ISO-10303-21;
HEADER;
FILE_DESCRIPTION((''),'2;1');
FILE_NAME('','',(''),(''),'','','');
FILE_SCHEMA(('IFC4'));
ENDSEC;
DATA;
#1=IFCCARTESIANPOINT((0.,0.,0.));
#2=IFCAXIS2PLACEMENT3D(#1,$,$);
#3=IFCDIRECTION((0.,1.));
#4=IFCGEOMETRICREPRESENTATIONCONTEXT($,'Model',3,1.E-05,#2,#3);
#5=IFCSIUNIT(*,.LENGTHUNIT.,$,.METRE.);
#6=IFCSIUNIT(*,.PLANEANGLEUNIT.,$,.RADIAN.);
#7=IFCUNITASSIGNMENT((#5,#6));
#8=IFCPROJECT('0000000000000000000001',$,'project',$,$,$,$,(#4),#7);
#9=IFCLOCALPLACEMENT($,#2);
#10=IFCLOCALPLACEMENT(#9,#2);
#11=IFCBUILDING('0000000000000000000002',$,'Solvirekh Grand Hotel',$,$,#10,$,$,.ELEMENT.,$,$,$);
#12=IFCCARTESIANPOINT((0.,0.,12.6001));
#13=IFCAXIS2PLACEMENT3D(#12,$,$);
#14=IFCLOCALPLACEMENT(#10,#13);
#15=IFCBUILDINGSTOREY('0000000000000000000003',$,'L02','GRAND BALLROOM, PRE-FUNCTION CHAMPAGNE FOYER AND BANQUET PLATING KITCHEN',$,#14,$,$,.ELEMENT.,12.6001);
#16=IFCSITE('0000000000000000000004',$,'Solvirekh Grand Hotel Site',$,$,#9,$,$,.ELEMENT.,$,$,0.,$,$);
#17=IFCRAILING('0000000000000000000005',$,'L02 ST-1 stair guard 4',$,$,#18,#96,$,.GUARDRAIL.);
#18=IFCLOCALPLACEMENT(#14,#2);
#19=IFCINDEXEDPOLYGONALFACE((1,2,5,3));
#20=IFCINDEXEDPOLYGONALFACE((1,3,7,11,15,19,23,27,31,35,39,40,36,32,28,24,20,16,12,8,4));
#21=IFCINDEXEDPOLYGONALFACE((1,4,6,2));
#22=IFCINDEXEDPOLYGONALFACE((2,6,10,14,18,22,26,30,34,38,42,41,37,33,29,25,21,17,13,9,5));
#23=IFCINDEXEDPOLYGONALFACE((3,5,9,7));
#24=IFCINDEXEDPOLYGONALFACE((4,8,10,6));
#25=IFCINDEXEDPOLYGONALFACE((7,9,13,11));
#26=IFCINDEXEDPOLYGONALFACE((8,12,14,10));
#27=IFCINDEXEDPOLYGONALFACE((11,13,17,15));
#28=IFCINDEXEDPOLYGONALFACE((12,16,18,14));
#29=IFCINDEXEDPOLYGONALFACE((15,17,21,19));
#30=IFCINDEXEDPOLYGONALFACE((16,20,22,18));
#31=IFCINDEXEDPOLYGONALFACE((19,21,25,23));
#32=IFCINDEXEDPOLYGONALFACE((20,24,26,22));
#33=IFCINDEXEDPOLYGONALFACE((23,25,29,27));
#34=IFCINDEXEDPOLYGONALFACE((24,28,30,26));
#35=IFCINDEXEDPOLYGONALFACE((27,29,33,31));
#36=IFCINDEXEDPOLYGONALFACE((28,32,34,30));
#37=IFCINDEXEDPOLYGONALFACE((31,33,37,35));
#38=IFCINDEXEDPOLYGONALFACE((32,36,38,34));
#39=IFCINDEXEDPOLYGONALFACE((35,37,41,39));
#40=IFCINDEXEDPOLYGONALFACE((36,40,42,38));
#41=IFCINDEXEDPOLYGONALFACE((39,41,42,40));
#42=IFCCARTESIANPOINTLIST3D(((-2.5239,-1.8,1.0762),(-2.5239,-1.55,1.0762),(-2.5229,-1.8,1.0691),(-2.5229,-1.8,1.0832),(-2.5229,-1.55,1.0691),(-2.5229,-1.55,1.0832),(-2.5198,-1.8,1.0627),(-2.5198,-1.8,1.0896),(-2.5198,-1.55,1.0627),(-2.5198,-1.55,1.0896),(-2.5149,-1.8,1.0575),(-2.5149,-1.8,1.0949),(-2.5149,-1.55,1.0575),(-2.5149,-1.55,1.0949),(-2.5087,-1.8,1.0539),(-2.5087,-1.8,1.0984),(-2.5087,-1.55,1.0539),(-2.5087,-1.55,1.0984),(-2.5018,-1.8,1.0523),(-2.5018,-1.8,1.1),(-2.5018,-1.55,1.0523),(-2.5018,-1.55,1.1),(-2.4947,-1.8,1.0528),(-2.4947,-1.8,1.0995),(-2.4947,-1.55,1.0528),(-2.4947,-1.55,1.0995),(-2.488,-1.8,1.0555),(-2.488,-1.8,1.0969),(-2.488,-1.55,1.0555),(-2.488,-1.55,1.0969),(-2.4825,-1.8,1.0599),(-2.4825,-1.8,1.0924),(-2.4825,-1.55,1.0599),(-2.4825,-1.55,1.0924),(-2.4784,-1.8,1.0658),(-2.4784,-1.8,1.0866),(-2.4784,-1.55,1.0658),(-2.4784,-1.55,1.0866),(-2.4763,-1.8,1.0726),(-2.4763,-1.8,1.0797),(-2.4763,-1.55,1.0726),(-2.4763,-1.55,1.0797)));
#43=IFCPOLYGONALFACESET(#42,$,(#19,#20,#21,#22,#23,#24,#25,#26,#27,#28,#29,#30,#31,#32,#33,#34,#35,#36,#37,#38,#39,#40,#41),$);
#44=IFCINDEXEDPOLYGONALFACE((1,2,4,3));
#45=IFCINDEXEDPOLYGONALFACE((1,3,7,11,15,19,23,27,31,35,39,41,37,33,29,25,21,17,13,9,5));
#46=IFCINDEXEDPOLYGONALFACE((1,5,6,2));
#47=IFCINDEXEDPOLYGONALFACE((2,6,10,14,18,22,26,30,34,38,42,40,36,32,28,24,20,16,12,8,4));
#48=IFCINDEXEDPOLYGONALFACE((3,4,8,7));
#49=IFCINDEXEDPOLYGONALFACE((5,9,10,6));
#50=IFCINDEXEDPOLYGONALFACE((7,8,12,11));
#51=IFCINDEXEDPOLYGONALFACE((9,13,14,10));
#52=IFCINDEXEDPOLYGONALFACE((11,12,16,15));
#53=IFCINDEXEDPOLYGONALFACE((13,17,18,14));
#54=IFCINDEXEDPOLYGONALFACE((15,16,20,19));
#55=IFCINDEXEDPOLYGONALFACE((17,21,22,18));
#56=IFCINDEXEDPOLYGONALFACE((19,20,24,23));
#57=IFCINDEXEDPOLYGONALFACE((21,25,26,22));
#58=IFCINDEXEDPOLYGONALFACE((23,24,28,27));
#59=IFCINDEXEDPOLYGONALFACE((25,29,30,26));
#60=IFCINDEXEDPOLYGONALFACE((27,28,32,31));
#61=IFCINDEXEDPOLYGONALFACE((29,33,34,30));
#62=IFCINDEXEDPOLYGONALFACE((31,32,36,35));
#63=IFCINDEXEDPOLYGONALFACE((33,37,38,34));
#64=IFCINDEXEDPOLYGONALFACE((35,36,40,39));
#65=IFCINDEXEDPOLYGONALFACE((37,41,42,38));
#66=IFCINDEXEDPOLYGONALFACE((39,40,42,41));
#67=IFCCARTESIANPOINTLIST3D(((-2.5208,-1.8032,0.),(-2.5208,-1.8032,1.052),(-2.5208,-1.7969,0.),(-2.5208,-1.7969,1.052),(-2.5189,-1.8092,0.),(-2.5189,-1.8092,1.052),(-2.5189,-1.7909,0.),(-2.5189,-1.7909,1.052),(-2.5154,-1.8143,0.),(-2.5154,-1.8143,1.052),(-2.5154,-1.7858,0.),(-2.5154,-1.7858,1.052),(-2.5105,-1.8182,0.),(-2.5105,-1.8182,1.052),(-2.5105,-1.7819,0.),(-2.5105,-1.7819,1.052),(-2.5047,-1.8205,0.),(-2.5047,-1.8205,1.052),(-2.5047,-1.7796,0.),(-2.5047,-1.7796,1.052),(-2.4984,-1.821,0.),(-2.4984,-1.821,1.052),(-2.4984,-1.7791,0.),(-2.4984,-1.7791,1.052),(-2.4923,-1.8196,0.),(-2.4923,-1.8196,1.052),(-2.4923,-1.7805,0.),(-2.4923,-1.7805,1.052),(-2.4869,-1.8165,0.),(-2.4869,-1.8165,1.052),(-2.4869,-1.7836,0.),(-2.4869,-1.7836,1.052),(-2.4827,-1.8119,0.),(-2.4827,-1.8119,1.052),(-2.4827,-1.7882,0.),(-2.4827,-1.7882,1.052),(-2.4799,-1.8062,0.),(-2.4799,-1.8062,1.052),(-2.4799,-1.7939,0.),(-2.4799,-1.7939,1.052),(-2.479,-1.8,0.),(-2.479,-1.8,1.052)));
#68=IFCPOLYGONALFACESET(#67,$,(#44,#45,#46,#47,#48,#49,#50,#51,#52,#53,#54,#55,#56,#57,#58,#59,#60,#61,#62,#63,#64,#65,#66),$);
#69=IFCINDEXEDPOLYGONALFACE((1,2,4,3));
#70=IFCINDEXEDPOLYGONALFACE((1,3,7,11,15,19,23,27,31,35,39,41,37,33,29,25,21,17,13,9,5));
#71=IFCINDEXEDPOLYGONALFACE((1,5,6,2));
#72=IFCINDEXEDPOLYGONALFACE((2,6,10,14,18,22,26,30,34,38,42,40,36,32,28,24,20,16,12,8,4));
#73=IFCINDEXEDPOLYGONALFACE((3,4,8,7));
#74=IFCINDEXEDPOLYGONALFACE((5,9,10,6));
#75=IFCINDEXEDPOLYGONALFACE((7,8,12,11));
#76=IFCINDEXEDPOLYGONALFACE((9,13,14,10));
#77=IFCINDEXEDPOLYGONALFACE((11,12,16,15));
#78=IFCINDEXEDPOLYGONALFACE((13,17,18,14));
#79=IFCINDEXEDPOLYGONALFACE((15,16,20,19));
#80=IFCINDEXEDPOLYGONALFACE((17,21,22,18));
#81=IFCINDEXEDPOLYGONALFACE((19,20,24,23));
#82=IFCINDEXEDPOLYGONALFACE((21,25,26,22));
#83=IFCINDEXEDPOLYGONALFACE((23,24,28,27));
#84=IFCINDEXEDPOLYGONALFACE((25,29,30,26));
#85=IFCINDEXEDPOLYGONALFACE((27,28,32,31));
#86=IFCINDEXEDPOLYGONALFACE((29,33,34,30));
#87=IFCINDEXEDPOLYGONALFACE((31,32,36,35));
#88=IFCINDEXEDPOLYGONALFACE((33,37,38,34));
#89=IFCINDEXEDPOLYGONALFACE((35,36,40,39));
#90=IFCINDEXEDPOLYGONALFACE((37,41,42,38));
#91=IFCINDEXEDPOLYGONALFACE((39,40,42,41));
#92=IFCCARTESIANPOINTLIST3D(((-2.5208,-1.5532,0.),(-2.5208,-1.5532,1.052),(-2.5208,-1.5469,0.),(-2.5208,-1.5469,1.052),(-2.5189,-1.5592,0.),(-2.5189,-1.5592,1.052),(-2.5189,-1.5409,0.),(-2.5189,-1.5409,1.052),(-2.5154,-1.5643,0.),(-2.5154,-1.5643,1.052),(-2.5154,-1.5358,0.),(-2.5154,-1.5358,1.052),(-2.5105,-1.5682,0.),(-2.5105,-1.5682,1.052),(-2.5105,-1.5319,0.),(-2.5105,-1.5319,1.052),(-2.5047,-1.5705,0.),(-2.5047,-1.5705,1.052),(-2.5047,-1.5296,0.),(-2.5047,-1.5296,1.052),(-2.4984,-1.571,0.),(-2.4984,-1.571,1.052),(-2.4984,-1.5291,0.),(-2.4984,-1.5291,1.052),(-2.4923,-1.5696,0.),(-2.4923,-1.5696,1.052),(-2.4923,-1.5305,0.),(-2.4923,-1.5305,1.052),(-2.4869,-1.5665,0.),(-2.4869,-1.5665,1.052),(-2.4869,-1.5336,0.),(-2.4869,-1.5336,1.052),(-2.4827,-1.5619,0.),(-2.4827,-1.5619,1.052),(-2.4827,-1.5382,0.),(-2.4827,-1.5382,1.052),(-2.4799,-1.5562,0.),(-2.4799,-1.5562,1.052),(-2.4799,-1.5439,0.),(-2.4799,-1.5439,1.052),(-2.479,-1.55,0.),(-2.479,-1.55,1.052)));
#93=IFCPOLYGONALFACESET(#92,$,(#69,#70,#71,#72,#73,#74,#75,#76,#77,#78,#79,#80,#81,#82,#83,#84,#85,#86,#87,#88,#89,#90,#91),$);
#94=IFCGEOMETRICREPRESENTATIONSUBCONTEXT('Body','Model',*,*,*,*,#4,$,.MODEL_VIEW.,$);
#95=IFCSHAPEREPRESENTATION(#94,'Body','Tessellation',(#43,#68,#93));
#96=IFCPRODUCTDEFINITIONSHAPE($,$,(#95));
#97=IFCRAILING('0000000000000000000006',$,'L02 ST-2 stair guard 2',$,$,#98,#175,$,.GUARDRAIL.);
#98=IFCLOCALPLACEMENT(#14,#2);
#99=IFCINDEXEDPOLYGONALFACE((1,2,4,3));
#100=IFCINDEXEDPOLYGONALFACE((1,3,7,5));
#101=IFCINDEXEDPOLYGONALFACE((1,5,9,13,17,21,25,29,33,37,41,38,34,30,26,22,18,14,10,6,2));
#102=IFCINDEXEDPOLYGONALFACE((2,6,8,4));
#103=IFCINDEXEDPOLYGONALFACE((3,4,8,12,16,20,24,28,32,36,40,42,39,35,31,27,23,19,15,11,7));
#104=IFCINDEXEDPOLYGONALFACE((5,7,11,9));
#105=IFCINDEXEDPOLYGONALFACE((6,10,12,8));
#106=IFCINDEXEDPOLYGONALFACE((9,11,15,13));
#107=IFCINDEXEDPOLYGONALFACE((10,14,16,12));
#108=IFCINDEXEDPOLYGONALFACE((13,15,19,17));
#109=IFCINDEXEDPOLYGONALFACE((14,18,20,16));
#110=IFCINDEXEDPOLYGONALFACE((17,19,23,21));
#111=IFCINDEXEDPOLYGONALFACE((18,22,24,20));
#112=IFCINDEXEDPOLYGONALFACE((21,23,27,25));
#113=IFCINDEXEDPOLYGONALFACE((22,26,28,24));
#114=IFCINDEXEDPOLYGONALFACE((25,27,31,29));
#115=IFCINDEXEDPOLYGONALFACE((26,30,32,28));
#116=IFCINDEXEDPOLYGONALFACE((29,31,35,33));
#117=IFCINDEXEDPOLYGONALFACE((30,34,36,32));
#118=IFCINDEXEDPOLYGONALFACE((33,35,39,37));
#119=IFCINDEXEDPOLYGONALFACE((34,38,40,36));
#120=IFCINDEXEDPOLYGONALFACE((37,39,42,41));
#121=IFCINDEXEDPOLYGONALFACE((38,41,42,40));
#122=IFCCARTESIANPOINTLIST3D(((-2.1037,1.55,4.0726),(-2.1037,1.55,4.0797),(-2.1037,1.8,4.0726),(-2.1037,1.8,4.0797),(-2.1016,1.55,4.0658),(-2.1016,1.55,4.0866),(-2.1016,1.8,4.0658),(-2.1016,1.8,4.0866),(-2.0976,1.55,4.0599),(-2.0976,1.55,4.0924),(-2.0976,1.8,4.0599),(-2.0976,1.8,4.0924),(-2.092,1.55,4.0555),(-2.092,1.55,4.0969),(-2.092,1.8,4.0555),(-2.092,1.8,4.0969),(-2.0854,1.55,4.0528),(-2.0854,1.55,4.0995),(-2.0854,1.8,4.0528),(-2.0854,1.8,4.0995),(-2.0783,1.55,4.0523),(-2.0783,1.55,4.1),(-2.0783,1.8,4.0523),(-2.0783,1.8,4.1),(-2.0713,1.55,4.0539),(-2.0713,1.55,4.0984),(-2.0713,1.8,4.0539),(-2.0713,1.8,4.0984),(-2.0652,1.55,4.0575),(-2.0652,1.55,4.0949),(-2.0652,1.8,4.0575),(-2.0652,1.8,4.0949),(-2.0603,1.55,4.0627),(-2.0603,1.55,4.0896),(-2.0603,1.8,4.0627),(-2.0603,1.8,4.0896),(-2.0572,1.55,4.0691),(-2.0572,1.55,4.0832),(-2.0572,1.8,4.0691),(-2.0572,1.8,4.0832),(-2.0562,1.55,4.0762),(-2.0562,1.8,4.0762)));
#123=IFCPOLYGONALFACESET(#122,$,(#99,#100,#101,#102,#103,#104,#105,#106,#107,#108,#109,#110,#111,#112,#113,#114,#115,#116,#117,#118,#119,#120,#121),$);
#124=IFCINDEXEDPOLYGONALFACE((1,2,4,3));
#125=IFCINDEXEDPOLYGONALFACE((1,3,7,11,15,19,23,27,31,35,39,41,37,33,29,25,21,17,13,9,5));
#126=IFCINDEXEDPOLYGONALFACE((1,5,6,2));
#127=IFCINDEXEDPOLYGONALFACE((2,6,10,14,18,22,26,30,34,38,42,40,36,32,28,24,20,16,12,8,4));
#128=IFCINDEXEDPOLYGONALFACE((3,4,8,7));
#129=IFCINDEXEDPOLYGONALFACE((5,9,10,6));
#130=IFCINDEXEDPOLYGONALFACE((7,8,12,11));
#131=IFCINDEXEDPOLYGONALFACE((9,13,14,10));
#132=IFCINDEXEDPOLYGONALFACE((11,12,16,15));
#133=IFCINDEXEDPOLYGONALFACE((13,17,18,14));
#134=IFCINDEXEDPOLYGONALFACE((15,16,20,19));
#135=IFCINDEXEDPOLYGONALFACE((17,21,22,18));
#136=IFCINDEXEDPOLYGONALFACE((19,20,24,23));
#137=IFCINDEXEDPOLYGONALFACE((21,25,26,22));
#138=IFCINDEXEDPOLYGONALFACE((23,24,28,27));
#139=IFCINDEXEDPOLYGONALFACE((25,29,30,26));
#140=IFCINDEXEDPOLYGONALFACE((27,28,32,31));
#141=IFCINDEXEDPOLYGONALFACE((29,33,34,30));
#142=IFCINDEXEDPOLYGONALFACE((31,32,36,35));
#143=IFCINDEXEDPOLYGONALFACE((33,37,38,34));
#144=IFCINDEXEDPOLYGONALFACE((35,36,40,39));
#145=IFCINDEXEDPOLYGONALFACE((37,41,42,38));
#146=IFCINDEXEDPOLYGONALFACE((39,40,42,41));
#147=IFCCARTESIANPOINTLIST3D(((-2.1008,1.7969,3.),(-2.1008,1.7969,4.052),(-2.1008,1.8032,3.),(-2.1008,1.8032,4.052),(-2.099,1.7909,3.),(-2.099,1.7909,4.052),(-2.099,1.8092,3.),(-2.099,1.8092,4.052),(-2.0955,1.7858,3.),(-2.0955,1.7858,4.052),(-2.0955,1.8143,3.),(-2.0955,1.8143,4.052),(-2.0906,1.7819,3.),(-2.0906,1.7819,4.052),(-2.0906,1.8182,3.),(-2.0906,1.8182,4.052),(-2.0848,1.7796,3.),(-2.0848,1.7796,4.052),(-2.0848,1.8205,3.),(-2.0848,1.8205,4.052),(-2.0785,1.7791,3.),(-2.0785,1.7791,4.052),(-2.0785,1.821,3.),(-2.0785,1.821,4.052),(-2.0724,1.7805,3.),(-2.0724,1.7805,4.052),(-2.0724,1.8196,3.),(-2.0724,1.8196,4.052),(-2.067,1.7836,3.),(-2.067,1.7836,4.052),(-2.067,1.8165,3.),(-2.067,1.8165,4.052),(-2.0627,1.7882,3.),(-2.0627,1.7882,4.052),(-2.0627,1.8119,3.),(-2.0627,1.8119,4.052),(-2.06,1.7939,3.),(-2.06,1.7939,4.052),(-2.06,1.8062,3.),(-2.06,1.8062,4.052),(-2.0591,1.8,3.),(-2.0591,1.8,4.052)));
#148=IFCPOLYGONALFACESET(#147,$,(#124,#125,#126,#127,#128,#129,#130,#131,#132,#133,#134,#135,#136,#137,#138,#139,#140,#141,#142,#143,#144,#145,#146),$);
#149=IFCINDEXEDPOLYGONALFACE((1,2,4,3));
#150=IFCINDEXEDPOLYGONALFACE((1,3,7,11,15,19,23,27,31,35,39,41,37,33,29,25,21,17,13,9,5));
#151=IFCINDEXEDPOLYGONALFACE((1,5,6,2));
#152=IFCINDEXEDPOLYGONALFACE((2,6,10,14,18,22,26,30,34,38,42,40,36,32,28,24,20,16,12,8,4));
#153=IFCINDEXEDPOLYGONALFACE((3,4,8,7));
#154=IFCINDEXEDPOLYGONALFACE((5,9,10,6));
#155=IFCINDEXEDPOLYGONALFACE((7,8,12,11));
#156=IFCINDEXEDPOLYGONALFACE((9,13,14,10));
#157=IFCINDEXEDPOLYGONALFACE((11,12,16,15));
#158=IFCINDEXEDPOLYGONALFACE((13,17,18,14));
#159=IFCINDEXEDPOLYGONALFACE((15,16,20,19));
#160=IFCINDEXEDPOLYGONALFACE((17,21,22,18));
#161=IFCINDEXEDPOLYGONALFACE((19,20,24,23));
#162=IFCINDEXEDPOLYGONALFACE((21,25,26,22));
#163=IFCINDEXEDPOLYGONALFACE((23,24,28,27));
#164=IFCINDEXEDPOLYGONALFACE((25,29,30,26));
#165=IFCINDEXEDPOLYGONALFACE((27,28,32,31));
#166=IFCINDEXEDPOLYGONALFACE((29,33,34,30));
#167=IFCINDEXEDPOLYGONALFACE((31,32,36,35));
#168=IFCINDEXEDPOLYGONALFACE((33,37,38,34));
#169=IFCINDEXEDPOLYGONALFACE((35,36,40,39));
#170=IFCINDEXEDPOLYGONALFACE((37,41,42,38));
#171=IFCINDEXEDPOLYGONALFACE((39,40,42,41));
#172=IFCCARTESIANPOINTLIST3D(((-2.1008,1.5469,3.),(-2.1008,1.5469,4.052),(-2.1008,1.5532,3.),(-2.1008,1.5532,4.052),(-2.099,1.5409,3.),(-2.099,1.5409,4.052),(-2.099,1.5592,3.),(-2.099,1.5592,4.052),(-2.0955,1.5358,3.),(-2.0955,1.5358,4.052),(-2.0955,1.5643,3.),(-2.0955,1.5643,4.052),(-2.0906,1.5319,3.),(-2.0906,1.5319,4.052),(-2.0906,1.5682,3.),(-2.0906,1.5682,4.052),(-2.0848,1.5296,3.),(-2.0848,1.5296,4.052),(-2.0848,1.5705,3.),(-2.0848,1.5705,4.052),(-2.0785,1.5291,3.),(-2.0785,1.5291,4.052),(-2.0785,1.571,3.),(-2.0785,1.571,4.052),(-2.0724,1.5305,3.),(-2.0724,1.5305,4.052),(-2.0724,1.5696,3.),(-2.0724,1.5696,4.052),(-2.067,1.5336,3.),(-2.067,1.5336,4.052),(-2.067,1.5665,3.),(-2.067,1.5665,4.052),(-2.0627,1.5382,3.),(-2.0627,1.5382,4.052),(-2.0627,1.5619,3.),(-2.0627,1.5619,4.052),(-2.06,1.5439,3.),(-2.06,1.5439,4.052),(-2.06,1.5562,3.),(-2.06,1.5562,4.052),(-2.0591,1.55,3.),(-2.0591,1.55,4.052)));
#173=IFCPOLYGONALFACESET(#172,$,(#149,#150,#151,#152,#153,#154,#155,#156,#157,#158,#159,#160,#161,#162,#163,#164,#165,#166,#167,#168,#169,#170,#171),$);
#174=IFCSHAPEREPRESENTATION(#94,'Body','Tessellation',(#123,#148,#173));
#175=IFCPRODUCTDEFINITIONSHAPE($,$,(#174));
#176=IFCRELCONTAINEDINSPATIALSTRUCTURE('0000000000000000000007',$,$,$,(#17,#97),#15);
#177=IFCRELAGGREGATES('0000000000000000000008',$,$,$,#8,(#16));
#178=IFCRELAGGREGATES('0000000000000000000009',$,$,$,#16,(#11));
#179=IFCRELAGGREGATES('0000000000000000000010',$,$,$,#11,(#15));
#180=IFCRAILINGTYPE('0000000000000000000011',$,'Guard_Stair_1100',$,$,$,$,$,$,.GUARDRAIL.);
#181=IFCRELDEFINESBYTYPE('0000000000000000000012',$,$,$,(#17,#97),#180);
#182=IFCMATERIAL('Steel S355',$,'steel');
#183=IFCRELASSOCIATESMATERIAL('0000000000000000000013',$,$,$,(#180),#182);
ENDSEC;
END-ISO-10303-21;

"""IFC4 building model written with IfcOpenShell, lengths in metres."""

from ifc_helpers import new_model, si_unit, direction, frame, origin, origin_2d, place, context, subcontext, project, spatial, circle, extrude, material, type_object, element, save


model = new_model("IFC4")

# Units and contexts
model_context = context("Model", 3, precision=1e-05, world=origin(), true_north=direction((0.0, 1.0)))
body_context = subcontext(model_context, "Body", "Model", "MODEL_VIEW")
ifc_project = project(units=[si_unit("LENGTHUNIT", "METRE"), si_unit("PLANEANGLEUNIT", "RADIAN")], contexts=[model_context])

# Site, building, storey
site_placement = place(None, origin())
site = spatial("IfcSite", under=ifc_project, at=site_placement, Name="Solvirekh Grand Hotel Site", CompositionType="ELEMENT", RefElevation=0.0)
building_placement = place(site_placement, origin())
building = spatial("IfcBuilding", under=site, at=building_placement, Name="Solvirekh Grand Hotel", CompositionType="ELEMENT")
storey_placement = place(building_placement, frame((0.0, 0.0, 12.6001)))
storey = spatial("IfcBuildingStorey", under=building, at=storey_placement, Name="L02", Description="GRAND BALLROOM, PRE-FUNCTION CHAMPAGNE FOYER AND BANQUET PLATING KITCHEN", CompositionType="ELEMENT", Elevation=12.6001)

# Railings
ifc_material_1 = material(Name="Steel S355", Category="steel")
railing_type_1 = type_object("IfcRailingType", Name="Guard_Stair_1100", PredefinedType="GUARDRAIL", material=ifc_material_1)
railing_1_placement = place(storey_placement, frame((-2.5, -1.8, 0.0)))
element("IfcRailing", 1, at=railing_1_placement, inside=storey, type_object=railing_type_1, Name="L02 ST-1 stair guard 4", PredefinedType="GUARDRAIL", context=body_context, shape_type="SweptSolid", body=[
    extrude(circle(Radius=0.0239, at=origin_2d()), frame((0.0, 0.0, 1.0762), z_axis=(0.0, 1.0, 0.0), x_axis=(-1.0, 0.0, 0.0)), (0.0, 0.0, 1.0), 0.25),
    extrude(circle(Radius=0.021, at=origin_2d()), origin(), (0.0, 0.0, 1.0), 1.052),
    extrude(circle(Radius=0.021, at=origin_2d()), frame((0.0, 0.25, 0.0)), (0.0, 0.0, 1.0), 1.052),
])
railing_2_placement = place(storey_placement, frame((-2.0801, 1.8, 3.0)))
element("IfcRailing", 2, at=railing_2_placement, inside=storey, type_object=railing_type_1, Name="L02 ST-2 stair guard 2", PredefinedType="GUARDRAIL", context=body_context, shape_type="SweptSolid", body=[
    extrude(circle(Radius=0.0239, at=origin_2d()), frame((0.0, 0.0, 1.0762), z_axis=(0.0, -1.0, 0.0), x_axis=(1.0, 0.0, 0.0)), (0.0, 0.0, 1.0), 0.25),
    extrude(circle(Radius=0.021, at=origin_2d()), origin(), (0.0, 0.0, 1.0), 1.052),
    extrude(circle(Radius=0.021, at=origin_2d()), frame((0.0, -0.25, 0.0)), (0.0, 0.0, 1.0), 1.052),
])

save(model, "model.ifc")
